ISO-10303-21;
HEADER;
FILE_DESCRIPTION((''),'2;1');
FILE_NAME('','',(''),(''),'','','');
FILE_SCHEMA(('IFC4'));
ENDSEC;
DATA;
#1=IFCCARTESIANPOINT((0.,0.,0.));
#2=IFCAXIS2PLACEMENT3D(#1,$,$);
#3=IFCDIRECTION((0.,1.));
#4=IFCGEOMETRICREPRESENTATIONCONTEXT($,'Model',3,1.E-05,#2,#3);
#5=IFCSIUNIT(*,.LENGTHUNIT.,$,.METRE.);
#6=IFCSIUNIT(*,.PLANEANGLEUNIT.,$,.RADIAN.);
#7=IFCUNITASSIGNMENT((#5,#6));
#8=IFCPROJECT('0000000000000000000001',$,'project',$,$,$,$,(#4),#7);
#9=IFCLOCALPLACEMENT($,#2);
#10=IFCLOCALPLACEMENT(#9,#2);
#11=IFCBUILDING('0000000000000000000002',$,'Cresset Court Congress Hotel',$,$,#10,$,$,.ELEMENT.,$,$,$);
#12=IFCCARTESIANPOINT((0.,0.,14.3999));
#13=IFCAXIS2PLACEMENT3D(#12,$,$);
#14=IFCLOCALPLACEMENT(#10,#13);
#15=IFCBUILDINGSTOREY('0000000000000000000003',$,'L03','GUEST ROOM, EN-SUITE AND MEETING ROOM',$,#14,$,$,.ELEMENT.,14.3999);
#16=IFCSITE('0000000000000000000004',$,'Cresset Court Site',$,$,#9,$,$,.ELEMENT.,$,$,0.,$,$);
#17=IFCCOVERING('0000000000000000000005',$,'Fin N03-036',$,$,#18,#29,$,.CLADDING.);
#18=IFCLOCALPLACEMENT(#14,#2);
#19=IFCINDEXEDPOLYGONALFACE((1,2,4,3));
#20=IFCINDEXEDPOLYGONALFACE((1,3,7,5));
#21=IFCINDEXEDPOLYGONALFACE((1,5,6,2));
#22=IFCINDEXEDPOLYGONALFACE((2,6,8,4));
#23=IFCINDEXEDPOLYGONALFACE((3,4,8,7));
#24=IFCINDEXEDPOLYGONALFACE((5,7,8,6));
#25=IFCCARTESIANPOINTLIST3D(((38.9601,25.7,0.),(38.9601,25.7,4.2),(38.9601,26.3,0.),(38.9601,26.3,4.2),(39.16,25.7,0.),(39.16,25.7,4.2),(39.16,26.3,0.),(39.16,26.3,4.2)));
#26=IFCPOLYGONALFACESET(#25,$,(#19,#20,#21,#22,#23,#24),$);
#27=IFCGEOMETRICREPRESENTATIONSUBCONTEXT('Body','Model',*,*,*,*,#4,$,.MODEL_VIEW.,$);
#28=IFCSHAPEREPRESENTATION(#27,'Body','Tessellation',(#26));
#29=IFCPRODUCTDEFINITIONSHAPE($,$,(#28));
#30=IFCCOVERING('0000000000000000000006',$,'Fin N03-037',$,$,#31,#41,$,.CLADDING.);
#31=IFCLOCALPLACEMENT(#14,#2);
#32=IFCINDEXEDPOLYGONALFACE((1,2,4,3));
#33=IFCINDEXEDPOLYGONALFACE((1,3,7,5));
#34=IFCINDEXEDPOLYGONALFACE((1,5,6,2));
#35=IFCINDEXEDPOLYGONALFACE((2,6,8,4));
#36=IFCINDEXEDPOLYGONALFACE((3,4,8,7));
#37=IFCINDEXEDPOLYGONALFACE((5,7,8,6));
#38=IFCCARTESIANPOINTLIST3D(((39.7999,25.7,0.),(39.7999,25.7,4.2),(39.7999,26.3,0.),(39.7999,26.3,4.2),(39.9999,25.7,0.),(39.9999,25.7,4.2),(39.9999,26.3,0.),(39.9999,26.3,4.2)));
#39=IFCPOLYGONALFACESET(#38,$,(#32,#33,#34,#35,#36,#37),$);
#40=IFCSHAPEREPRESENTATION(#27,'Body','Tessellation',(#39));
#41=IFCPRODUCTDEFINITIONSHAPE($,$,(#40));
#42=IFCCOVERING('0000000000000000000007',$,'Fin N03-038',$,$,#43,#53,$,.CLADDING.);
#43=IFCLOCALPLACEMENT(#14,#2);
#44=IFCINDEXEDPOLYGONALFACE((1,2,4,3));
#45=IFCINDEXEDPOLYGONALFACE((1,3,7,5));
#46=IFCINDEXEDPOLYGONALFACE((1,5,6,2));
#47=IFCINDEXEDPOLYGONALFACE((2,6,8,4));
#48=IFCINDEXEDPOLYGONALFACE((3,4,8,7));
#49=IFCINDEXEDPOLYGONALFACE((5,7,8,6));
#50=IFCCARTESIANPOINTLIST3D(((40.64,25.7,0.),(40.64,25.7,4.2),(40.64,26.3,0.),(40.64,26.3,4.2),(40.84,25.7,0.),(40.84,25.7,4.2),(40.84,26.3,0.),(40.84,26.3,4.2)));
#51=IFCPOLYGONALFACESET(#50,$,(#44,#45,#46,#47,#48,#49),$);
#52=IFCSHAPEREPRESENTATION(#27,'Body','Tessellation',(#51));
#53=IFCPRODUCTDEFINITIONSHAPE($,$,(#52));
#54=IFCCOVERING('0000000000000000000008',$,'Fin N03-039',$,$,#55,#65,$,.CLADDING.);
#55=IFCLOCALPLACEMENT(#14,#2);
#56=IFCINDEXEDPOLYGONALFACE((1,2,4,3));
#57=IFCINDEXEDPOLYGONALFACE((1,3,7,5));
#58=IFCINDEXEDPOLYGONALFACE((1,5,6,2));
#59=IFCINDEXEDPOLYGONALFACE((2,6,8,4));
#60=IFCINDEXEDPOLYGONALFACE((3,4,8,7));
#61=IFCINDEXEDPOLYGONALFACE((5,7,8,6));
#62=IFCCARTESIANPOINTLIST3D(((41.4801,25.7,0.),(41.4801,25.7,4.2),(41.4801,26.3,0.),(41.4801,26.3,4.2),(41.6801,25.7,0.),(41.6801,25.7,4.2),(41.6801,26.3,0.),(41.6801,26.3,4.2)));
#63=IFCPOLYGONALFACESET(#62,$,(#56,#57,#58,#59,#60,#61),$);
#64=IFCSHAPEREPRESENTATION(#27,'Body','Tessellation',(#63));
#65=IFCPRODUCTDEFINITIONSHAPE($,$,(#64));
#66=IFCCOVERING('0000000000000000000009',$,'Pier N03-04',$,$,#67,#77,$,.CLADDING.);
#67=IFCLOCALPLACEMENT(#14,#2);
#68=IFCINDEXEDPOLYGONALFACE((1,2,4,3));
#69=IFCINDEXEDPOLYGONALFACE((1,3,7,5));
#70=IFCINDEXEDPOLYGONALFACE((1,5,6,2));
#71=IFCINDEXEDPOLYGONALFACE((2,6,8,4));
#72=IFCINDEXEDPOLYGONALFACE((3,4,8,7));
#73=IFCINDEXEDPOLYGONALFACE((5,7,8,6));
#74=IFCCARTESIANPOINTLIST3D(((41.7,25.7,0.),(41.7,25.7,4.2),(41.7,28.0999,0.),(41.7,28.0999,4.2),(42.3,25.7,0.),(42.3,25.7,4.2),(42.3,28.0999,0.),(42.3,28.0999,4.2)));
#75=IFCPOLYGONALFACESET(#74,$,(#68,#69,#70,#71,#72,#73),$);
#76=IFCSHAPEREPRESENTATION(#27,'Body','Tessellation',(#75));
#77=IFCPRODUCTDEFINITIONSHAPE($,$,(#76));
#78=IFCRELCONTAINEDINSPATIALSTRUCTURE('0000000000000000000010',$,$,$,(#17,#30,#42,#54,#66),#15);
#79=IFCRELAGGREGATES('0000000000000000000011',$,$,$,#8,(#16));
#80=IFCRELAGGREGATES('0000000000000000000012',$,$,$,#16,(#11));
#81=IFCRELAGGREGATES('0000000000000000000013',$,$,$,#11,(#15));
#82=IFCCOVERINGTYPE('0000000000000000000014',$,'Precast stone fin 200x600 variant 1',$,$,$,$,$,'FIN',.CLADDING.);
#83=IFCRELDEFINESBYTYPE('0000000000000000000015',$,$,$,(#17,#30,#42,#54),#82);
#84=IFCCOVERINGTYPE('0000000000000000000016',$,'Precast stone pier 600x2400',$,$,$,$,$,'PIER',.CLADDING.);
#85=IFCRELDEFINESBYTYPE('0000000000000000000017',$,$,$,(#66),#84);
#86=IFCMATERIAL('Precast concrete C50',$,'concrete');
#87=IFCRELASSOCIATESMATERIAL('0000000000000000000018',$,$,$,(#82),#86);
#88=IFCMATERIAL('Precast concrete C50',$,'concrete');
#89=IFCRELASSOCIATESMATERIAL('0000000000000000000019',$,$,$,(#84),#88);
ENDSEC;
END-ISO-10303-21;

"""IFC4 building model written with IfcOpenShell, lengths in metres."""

from ifc_helpers import new_model, si_unit, direction, frame, origin, origin_2d, place, context, subcontext, project, spatial, rectangle, extrude, material, type_object, element, save


model = new_model("IFC4")

# Units and contexts
model_context = context("Model", 3, precision=1e-05, world=origin(), true_north=direction((0.0, 1.0)))
body_context = subcontext(model_context, "Body", "Model", "MODEL_VIEW")
ifc_project = project(units=[si_unit("LENGTHUNIT", "METRE"), si_unit("PLANEANGLEUNIT", "RADIAN")], contexts=[model_context])

# Site, building, storey
site_placement = place(None, origin())
site = spatial("IfcSite", under=ifc_project, at=site_placement, Name="Cresset Court Site", CompositionType="ELEMENT", RefElevation=0.0)
building_placement = place(site_placement, origin())
building = spatial("IfcBuilding", under=site, at=building_placement, Name="Cresset Court Congress Hotel", CompositionType="ELEMENT")
storey_placement = place(building_placement, frame((0.0, 0.0, 14.3999)))
storey = spatial("IfcBuildingStorey", under=building, at=storey_placement, Name="L03", Description="GUEST ROOM, EN-SUITE AND MEETING ROOM", CompositionType="ELEMENT", Elevation=14.3999)

# Coverings
ifc_material_1 = material(Name="Precast concrete C50", Category="concrete")
covering_type_1 = type_object("IfcCoveringType", Name="Precast stone fin 200x600 variant 1", ElementType="FIN", PredefinedType="CLADDING", material=ifc_material_1)
for number, where, z_axis, x_axis, name in (
    (1, (39.0601, 26.0, 0.0), (0.0, 0.0, 1.0), (1.0, 0.0, 0.0), "Fin N03-036"),
    (2, (39.8999, 26.0, 0.0), (0.0, 0.0, 1.0), (1.0, 0.0, 0.0), "Fin N03-037"),
    (3, (40.74, 26.0, 0.0), (0.0, 0.0, 1.0), (1.0, 0.0, 0.0), "Fin N03-038"),
    (4, (41.5801, 26.0, 0.0), (0.0, 0.0, 1.0), (1.0, 0.0, 0.0), "Fin N03-039"),
):
    element("IfcCovering", number, at=place(storey_placement, frame(where, z_axis=z_axis, x_axis=x_axis)), inside=storey, type_object=covering_type_1, Name=name, PredefinedType="CLADDING", context=body_context, shape_type="SweptSolid", body=[
        extrude(rectangle(XDim=0.2, YDim=0.6001, at=origin_2d()), origin(), (0.0, 0.0, 1.0), 4.2),
    ])
ifc_material_2 = material(Name="Precast concrete C50", Category="concrete")
covering_type_2 = type_object("IfcCoveringType", Name="Precast stone pier 600x2400", ElementType="PIER", PredefinedType="CLADDING", material=ifc_material_2)
covering_placement = place(storey_placement, frame((42.0, 26.8999, 0.0), z_axis=(0.0, 0.0, 1.0), x_axis=(1.0, 0.0, 0.0)))
element("IfcCovering", 5, at=covering_placement, inside=storey, type_object=covering_type_2, Name="Pier N03-04", PredefinedType="CLADDING", context=body_context, shape_type="SweptSolid", body=[
    extrude(rectangle(XDim=0.6001, YDim=2.3999, at=origin_2d()), origin(), (0.0, 0.0, 1.0), 4.2),
])

save(model, "model.ifc")
